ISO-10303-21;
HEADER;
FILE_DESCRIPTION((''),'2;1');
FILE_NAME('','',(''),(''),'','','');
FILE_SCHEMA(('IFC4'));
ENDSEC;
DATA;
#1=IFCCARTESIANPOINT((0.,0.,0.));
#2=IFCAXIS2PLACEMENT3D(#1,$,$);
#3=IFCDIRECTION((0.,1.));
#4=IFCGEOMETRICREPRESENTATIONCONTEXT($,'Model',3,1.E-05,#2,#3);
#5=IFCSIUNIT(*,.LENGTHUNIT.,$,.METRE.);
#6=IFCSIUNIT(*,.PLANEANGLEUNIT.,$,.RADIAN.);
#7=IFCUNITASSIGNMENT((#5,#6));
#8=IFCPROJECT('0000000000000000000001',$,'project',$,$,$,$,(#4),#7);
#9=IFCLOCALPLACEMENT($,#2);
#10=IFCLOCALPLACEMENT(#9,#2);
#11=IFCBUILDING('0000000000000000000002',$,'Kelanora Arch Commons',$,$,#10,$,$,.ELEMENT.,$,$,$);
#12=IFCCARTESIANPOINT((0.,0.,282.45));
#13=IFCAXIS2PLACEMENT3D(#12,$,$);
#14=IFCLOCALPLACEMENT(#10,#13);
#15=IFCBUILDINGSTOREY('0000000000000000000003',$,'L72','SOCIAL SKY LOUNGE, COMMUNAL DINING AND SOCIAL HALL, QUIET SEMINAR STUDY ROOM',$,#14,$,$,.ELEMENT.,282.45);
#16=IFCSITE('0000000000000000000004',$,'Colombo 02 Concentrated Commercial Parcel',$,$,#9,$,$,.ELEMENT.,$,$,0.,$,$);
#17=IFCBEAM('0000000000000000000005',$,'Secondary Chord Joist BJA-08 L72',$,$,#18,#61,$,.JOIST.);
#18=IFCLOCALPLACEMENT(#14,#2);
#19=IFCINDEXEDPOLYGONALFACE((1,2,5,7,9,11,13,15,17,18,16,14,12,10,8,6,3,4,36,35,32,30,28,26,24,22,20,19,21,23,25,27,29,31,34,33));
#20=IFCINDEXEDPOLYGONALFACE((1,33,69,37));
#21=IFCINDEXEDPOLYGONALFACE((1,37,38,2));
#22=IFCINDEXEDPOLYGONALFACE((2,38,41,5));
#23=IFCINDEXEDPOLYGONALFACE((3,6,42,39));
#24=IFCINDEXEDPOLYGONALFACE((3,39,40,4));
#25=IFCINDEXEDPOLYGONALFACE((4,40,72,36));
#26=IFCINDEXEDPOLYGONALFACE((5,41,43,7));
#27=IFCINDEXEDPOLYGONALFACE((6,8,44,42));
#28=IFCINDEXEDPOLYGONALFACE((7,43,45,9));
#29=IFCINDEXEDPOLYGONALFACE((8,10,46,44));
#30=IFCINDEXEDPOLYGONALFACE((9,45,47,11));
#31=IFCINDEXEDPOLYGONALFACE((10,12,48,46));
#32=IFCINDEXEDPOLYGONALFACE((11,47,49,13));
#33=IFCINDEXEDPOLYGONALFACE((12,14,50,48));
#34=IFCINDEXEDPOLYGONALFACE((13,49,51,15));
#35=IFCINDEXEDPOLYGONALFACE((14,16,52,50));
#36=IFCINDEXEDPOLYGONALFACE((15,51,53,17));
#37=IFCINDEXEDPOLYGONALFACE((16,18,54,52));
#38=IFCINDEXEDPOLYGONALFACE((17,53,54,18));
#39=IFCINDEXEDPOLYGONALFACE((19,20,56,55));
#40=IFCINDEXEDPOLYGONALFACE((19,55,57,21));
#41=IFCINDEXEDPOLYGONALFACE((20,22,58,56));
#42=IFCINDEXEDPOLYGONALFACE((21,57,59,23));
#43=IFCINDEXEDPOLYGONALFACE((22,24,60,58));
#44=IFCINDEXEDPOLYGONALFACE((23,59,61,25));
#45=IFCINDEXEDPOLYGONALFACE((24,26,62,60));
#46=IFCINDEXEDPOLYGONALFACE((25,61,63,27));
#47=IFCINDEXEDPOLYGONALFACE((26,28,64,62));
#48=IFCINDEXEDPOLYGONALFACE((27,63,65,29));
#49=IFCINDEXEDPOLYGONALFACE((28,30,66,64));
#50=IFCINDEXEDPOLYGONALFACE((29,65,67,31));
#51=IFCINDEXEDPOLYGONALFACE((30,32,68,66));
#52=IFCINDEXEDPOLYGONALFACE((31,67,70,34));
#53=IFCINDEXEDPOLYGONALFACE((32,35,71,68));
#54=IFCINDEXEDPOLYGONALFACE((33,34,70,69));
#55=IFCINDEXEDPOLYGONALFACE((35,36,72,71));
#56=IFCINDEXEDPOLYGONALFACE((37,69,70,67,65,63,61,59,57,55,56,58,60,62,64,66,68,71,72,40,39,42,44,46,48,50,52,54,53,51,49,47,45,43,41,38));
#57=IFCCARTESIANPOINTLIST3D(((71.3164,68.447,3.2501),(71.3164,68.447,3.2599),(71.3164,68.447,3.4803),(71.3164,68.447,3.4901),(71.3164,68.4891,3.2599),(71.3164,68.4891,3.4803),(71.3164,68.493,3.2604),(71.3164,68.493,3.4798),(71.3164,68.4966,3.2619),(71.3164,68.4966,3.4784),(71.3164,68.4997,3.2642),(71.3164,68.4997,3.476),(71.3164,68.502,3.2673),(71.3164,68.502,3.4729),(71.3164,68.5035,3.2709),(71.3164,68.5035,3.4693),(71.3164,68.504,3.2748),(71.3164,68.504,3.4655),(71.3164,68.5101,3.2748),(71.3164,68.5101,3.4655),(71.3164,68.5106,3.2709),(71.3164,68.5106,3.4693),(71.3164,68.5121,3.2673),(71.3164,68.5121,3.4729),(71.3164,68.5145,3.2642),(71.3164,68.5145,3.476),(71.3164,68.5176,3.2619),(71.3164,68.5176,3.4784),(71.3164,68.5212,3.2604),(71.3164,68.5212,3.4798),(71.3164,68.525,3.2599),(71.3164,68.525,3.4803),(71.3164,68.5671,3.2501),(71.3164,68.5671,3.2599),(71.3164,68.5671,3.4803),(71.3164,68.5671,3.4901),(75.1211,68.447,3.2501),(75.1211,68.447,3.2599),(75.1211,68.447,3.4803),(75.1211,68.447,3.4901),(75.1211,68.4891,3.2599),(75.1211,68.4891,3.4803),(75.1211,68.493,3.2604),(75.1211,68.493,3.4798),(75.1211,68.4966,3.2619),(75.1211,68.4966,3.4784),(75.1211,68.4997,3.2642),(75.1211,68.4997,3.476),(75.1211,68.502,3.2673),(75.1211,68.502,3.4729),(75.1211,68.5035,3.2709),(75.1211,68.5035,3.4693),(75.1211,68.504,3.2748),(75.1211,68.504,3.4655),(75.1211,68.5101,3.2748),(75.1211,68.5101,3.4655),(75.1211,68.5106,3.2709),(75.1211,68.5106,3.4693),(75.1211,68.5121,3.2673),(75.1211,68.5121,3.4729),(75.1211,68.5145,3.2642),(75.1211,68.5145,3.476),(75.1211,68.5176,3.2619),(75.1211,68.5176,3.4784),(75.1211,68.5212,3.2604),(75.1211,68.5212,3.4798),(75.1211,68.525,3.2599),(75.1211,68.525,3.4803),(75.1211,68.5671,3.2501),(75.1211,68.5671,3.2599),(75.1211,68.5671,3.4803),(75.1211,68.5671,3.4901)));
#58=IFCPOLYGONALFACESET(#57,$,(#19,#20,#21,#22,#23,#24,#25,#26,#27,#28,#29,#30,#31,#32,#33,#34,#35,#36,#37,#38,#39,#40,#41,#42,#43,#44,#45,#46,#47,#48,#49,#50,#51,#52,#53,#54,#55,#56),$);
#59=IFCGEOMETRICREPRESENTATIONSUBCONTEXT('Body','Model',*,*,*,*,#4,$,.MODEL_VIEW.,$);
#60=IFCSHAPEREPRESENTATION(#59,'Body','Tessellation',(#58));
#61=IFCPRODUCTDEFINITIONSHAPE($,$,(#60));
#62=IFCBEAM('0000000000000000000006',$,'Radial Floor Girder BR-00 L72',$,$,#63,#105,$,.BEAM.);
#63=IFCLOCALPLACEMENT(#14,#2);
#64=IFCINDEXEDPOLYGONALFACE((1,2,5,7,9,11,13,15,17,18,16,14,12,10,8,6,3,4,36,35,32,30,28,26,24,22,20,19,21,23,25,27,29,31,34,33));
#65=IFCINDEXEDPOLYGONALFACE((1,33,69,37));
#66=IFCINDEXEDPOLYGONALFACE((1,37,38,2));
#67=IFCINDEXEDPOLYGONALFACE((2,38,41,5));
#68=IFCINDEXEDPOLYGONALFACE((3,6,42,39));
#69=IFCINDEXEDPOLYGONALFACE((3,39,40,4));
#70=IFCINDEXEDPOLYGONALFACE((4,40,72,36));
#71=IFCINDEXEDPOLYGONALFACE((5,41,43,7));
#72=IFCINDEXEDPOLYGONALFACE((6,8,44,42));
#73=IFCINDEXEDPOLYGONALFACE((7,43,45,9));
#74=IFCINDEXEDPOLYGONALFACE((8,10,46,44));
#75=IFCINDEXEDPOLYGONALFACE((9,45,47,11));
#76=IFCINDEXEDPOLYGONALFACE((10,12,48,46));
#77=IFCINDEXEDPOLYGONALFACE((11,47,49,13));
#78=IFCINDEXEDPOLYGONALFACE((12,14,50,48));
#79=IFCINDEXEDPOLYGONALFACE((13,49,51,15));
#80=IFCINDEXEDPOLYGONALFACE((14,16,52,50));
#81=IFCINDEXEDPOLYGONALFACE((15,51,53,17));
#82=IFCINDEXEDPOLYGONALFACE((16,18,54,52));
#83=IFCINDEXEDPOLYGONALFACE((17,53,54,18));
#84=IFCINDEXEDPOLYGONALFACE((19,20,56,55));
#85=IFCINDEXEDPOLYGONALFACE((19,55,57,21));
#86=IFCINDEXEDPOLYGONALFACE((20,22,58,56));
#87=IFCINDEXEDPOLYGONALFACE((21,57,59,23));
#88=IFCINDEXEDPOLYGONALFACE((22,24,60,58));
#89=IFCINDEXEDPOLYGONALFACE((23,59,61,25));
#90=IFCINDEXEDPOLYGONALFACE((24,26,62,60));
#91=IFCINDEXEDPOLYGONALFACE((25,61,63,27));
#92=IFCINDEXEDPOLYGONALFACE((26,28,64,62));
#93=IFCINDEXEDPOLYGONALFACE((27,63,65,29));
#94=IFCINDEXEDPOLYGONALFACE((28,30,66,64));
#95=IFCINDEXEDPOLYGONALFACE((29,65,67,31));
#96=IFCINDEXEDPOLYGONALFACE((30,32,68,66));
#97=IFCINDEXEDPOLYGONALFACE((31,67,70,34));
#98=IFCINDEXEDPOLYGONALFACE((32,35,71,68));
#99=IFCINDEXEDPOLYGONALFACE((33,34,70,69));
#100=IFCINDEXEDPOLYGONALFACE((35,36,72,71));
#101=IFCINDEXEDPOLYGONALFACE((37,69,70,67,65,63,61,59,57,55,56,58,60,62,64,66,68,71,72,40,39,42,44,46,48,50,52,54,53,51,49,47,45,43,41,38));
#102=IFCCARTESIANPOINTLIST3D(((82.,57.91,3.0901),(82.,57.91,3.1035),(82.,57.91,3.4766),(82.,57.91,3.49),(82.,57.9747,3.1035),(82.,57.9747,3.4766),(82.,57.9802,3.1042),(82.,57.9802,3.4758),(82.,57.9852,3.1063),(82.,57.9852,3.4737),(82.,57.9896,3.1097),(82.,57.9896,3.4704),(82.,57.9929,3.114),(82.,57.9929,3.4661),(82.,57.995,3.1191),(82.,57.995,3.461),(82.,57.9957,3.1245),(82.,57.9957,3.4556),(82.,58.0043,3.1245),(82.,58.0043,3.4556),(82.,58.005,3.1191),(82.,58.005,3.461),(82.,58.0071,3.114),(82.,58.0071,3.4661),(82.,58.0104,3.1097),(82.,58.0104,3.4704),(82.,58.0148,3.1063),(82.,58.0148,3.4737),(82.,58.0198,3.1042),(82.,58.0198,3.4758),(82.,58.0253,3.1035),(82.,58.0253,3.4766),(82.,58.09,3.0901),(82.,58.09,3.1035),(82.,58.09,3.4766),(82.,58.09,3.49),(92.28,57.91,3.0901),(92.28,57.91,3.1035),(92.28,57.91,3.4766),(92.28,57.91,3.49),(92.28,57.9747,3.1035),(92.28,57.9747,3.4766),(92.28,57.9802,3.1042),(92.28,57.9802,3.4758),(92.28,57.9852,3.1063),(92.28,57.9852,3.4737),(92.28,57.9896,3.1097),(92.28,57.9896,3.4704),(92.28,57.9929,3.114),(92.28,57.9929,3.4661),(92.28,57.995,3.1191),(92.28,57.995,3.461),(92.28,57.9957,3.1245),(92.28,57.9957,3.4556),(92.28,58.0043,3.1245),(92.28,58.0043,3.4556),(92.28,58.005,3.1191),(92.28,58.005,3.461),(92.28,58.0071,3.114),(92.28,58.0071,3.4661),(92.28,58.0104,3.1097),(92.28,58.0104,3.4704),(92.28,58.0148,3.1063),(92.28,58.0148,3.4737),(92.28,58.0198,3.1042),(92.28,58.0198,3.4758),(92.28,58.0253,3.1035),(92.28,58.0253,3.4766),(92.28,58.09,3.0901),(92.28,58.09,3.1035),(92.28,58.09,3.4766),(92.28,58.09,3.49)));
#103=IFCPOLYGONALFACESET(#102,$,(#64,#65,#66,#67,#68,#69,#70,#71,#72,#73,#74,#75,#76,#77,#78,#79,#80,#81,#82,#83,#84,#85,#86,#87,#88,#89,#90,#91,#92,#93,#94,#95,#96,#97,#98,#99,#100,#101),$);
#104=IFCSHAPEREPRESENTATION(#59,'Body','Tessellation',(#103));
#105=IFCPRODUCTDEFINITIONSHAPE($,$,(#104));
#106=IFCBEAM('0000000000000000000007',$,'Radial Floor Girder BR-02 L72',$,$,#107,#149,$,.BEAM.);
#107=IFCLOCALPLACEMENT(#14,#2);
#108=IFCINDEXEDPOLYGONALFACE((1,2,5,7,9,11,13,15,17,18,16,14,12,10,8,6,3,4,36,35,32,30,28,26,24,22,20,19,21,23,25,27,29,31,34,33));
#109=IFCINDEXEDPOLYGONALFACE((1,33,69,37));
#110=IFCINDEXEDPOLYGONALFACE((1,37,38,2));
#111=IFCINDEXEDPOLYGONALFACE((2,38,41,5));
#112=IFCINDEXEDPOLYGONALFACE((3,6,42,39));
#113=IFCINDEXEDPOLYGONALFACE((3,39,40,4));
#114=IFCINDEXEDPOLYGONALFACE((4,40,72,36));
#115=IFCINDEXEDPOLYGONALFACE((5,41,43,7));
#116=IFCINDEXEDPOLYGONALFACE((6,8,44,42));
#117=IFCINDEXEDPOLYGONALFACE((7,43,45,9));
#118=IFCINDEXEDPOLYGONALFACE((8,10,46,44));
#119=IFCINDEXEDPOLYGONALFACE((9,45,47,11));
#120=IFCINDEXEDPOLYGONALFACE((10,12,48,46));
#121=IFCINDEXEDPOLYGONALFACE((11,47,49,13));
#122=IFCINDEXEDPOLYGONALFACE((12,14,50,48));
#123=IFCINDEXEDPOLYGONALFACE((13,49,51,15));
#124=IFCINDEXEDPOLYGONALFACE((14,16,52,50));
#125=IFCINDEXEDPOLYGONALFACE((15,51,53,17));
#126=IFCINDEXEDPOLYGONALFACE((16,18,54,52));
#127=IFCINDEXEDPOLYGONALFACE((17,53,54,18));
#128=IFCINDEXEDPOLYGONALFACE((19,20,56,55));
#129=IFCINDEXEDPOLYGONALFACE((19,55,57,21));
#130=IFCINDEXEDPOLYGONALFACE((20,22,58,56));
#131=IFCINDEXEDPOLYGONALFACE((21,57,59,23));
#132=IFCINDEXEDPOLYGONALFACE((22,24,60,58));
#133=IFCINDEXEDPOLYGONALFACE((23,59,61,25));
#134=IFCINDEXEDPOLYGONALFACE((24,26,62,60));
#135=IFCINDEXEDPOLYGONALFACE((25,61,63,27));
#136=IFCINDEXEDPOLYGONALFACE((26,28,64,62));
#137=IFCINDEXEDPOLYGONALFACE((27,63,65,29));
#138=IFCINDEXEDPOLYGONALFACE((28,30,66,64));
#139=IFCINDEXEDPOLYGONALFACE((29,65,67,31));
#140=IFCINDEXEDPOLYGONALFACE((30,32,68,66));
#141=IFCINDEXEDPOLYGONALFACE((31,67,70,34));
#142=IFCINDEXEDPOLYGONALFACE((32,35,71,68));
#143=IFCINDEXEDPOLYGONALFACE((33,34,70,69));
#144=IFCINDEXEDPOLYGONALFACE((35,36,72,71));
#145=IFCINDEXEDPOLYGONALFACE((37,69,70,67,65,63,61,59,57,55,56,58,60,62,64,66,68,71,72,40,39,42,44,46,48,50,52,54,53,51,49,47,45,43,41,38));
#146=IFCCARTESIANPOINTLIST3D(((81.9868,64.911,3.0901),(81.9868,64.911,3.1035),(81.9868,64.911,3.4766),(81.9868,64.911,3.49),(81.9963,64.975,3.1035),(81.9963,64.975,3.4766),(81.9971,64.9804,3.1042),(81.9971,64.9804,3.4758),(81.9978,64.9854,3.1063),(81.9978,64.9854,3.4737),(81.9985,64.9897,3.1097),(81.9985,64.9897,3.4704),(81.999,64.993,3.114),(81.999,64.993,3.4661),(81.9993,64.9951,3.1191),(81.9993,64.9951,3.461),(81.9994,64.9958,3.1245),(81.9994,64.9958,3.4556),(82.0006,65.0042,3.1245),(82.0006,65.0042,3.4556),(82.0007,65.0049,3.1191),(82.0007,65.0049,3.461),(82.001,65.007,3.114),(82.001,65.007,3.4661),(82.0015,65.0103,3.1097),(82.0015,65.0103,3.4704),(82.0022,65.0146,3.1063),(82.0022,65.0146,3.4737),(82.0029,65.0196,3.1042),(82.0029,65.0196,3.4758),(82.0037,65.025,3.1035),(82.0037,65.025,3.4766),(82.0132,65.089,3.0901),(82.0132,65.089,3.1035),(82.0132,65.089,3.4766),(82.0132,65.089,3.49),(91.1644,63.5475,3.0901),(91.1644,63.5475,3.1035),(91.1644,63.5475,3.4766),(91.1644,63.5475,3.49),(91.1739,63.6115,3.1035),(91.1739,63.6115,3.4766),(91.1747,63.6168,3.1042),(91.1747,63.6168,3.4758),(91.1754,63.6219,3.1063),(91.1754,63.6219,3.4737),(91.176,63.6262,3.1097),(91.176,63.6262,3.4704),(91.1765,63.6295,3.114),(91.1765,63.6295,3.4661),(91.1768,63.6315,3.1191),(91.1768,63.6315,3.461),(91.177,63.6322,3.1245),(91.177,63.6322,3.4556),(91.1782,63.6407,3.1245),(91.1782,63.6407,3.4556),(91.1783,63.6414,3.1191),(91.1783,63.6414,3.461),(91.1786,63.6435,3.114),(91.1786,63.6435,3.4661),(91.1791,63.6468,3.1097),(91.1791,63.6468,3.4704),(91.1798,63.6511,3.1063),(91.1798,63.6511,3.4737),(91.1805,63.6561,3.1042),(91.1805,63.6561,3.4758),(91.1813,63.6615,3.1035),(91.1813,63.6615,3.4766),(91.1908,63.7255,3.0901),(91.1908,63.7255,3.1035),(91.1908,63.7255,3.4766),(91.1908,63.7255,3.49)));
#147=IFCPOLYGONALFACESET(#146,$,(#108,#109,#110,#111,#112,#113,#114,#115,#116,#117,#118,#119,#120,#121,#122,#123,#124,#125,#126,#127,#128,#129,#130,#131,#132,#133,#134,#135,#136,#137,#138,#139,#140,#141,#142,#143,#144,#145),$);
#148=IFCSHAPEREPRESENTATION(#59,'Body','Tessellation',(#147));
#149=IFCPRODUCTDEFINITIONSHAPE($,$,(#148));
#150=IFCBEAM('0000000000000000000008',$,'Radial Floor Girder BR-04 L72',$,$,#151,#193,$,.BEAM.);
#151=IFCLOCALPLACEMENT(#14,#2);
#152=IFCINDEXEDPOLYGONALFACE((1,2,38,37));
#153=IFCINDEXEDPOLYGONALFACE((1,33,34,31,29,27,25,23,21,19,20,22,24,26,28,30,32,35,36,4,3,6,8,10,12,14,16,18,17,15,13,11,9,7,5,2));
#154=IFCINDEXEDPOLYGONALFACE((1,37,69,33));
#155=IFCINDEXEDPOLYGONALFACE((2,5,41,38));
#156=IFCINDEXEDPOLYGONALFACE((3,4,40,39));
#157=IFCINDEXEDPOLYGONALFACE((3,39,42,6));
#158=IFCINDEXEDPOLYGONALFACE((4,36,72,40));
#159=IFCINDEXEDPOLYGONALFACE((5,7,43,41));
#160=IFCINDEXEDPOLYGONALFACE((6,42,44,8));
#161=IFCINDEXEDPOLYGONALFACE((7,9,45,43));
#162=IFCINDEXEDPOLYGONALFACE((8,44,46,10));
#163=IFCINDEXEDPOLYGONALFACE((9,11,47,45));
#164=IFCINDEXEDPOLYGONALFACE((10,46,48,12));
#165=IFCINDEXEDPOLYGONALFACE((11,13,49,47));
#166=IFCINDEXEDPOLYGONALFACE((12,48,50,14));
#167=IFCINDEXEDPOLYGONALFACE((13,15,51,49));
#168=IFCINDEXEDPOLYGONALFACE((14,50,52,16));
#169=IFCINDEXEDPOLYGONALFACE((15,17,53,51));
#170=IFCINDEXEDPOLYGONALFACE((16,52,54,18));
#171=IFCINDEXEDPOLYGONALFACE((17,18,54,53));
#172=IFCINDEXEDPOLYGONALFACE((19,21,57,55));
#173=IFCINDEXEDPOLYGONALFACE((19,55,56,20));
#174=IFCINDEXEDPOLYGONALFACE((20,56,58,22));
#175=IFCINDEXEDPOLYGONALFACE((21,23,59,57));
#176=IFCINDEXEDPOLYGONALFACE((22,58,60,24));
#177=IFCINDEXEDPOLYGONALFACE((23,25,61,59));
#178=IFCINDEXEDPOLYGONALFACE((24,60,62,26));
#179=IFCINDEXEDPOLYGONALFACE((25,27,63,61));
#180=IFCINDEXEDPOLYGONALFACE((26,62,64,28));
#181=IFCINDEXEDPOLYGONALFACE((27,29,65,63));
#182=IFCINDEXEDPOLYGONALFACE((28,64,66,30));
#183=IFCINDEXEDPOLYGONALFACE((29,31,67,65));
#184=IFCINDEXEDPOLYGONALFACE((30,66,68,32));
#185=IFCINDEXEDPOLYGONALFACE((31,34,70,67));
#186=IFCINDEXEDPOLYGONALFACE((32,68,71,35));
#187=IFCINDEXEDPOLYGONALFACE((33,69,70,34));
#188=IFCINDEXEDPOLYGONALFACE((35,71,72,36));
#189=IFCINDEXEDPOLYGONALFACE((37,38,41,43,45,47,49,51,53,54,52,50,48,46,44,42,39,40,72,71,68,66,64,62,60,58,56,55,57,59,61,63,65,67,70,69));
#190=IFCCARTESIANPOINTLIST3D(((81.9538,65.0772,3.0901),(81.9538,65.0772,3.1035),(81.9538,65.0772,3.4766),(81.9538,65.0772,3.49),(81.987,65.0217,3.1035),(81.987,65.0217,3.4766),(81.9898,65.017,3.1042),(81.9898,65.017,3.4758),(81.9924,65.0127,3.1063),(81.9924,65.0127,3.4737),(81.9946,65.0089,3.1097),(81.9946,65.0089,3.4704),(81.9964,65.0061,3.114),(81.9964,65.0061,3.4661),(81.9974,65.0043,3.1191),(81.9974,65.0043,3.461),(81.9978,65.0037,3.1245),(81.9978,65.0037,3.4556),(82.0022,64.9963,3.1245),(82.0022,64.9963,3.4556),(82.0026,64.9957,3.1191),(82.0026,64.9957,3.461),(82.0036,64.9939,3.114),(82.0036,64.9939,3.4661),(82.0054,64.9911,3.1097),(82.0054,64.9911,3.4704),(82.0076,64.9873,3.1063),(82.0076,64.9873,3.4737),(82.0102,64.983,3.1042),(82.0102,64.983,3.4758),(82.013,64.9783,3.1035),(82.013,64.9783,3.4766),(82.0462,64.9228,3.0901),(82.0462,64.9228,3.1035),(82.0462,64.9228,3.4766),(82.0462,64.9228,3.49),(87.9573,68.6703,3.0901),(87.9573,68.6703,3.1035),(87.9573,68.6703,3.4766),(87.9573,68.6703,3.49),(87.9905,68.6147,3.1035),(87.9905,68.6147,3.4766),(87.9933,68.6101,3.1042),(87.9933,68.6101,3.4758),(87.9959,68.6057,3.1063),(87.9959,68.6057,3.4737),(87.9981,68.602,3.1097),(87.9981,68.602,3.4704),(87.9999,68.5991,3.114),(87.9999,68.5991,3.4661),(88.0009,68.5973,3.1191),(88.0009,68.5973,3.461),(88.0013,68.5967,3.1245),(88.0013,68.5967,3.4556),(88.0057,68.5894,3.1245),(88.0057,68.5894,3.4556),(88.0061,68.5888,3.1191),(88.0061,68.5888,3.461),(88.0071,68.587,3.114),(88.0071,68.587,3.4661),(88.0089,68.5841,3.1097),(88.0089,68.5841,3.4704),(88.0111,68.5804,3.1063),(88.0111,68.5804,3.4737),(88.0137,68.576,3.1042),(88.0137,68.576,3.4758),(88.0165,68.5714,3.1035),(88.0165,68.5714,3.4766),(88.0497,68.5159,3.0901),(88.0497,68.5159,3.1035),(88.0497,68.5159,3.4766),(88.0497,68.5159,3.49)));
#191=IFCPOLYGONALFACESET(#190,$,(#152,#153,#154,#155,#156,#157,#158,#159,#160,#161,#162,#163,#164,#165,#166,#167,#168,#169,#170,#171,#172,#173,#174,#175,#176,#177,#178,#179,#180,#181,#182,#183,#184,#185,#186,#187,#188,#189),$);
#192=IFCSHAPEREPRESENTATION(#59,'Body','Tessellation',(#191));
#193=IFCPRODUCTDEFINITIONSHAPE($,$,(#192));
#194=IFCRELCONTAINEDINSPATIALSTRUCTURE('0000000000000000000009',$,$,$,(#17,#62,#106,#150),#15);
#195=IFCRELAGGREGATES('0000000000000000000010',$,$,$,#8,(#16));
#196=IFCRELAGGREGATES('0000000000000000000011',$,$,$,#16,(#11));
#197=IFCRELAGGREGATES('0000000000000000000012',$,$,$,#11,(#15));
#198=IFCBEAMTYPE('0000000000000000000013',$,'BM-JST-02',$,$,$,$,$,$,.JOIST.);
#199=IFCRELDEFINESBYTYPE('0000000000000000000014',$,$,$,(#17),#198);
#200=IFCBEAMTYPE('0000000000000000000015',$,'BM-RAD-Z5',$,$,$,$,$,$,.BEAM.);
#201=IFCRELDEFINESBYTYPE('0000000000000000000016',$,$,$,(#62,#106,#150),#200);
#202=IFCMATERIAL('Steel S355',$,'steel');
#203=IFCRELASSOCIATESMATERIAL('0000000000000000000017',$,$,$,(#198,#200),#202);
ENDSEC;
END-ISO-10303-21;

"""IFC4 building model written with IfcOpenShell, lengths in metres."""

from ifc_helpers import new_model, si_unit, direction, frame, origin, origin_2d, place, context, subcontext, project, spatial, i_section, extrude, material, material_profile, profile_set, type_object, element, save


model = new_model("IFC4")

# Units and contexts
model_context = context("Model", 3, precision=1e-05, world=origin(), true_north=direction((0.0, 1.0)))
body_context = subcontext(model_context, "Body", "Model", "MODEL_VIEW")
ifc_project = project(units=[si_unit("LENGTHUNIT", "METRE"), si_unit("PLANEANGLEUNIT", "RADIAN")], contexts=[model_context])

# Site, building, storey
site_placement = place(None, origin())
site = spatial("IfcSite", under=ifc_project, at=site_placement, Name="Colombo 02 Concentrated Commercial Parcel", CompositionType="ELEMENT", RefElevation=0.0)
building_placement = place(site_placement, origin())
building = spatial("IfcBuilding", under=site, at=building_placement, Name="Kelanora Arch Commons", CompositionType="ELEMENT")
storey_placement = place(building_placement, frame((0.0, 0.0, 282.45)))
storey = spatial("IfcBuildingStorey", under=building, at=storey_placement, Name="L72", Description="SOCIAL SKY LOUNGE, COMMUNAL DINING AND SOCIAL HALL, QUIET SEMINAR STUDY ROOM", CompositionType="ELEMENT", Elevation=282.45)

# Beams
ifc_material_1 = material(Name="Steel S355", Category="steel")
ifc_material_profile_1 = material_profile(ifc_material_1, i_section(OverallWidth=0.1201, OverallDepth=0.24, WebThickness=0.0061, FlangeThickness=0.0098, FilletRadius=0.0149, at=origin_2d()), Name="IPE240")
ifc_profile_set_1 = profile_set([ifc_material_profile_1], Name="Steel S355")
beam_type_1 = type_object("IfcBeamType", Name="BM-JST-02", PredefinedType="JOIST", material=ifc_profile_set_1)
beam_1_placement = place(storey_placement, frame((75.1211, 68.5071, 3.3701), z_axis=(-1.0, 0.0, 0.0), x_axis=(0.0, -1.0, 0.0)))
element("IfcBeam", 1, at=beam_1_placement, inside=storey, type_object=beam_type_1, Name="Secondary Chord Joist BJA-08 L72", PredefinedType="JOIST", context=body_context, shape_type="SweptSolid", body=[
    extrude(i_section(OverallWidth=0.1201, OverallDepth=0.24, WebThickness=0.0061, FlangeThickness=0.0098, FilletRadius=0.0149, at=origin_2d()), origin(), (0.0, 0.0, 1.0), 3.8047),
])
ifc_material_profile_2 = material_profile(ifc_material_1, i_section(OverallWidth=0.1799, OverallDepth=0.3999, WebThickness=0.0085, FlangeThickness=0.0134, FilletRadius=0.021, at=origin_2d()), Name="IPE400")
ifc_profile_set_2 = profile_set([ifc_material_profile_2], Name="Steel S355")
beam_type_2 = type_object("IfcBeamType", Name="BM-RAD-Z5", PredefinedType="BEAM", material=ifc_profile_set_2)
beam_2_placement = place(storey_placement, frame((82.0, 58.0, 3.29), z_axis=(1.0, 0.0, 0.0), x_axis=(0.0, 1.0, 0.0)))
element("IfcBeam", 2, at=beam_2_placement, inside=storey, type_object=beam_type_2, Name="Radial Floor Girder BR-00 L72", PredefinedType="BEAM", context=body_context, shape_type="SweptSolid", body=[
    extrude(i_section(OverallWidth=0.1799, OverallDepth=0.3999, WebThickness=0.0085, FlangeThickness=0.0134, FilletRadius=0.021, at=origin_2d()), origin(), (0.0, 0.0, 1.0), 10.28),
])
beam_3_placement = place(storey_placement, frame((82.0, 65.0, 3.29), z_axis=(0.989142, -0.14696, 0.0), x_axis=(0.14696, 0.989142, 0.0)))
element("IfcBeam", 3, at=beam_3_placement, inside=storey, type_object=beam_type_2, Name="Radial Floor Girder BR-02 L72", PredefinedType="BEAM", context=body_context, shape_type="SweptSolid", body=[
    extrude(i_section(OverallWidth=0.1799, OverallDepth=0.3999, WebThickness=0.0085, FlangeThickness=0.0134, FilletRadius=0.021, at=origin_2d()), origin(), (0.0, 0.0, 1.0), 9.2783),
])
beam_4_placement = place(storey_placement, frame((82.0, 65.0, 3.29), z_axis=(0.858062, 0.513546, 0.0), x_axis=(-0.513546, 0.858062, 0.0)))
element("IfcBeam", 4, at=beam_4_placement, inside=storey, type_object=beam_type_2, Name="Radial Floor Girder BR-04 L72", PredefinedType="BEAM", context=body_context, shape_type="SweptSolid", body=[
    extrude(i_section(OverallWidth=0.1799, OverallDepth=0.3999, WebThickness=0.0085, FlangeThickness=0.0134, FilletRadius=0.021, at=origin_2d()), origin(), (0.0, 0.0, 1.0), 6.9966),
])

save(model, "model.ifc")
